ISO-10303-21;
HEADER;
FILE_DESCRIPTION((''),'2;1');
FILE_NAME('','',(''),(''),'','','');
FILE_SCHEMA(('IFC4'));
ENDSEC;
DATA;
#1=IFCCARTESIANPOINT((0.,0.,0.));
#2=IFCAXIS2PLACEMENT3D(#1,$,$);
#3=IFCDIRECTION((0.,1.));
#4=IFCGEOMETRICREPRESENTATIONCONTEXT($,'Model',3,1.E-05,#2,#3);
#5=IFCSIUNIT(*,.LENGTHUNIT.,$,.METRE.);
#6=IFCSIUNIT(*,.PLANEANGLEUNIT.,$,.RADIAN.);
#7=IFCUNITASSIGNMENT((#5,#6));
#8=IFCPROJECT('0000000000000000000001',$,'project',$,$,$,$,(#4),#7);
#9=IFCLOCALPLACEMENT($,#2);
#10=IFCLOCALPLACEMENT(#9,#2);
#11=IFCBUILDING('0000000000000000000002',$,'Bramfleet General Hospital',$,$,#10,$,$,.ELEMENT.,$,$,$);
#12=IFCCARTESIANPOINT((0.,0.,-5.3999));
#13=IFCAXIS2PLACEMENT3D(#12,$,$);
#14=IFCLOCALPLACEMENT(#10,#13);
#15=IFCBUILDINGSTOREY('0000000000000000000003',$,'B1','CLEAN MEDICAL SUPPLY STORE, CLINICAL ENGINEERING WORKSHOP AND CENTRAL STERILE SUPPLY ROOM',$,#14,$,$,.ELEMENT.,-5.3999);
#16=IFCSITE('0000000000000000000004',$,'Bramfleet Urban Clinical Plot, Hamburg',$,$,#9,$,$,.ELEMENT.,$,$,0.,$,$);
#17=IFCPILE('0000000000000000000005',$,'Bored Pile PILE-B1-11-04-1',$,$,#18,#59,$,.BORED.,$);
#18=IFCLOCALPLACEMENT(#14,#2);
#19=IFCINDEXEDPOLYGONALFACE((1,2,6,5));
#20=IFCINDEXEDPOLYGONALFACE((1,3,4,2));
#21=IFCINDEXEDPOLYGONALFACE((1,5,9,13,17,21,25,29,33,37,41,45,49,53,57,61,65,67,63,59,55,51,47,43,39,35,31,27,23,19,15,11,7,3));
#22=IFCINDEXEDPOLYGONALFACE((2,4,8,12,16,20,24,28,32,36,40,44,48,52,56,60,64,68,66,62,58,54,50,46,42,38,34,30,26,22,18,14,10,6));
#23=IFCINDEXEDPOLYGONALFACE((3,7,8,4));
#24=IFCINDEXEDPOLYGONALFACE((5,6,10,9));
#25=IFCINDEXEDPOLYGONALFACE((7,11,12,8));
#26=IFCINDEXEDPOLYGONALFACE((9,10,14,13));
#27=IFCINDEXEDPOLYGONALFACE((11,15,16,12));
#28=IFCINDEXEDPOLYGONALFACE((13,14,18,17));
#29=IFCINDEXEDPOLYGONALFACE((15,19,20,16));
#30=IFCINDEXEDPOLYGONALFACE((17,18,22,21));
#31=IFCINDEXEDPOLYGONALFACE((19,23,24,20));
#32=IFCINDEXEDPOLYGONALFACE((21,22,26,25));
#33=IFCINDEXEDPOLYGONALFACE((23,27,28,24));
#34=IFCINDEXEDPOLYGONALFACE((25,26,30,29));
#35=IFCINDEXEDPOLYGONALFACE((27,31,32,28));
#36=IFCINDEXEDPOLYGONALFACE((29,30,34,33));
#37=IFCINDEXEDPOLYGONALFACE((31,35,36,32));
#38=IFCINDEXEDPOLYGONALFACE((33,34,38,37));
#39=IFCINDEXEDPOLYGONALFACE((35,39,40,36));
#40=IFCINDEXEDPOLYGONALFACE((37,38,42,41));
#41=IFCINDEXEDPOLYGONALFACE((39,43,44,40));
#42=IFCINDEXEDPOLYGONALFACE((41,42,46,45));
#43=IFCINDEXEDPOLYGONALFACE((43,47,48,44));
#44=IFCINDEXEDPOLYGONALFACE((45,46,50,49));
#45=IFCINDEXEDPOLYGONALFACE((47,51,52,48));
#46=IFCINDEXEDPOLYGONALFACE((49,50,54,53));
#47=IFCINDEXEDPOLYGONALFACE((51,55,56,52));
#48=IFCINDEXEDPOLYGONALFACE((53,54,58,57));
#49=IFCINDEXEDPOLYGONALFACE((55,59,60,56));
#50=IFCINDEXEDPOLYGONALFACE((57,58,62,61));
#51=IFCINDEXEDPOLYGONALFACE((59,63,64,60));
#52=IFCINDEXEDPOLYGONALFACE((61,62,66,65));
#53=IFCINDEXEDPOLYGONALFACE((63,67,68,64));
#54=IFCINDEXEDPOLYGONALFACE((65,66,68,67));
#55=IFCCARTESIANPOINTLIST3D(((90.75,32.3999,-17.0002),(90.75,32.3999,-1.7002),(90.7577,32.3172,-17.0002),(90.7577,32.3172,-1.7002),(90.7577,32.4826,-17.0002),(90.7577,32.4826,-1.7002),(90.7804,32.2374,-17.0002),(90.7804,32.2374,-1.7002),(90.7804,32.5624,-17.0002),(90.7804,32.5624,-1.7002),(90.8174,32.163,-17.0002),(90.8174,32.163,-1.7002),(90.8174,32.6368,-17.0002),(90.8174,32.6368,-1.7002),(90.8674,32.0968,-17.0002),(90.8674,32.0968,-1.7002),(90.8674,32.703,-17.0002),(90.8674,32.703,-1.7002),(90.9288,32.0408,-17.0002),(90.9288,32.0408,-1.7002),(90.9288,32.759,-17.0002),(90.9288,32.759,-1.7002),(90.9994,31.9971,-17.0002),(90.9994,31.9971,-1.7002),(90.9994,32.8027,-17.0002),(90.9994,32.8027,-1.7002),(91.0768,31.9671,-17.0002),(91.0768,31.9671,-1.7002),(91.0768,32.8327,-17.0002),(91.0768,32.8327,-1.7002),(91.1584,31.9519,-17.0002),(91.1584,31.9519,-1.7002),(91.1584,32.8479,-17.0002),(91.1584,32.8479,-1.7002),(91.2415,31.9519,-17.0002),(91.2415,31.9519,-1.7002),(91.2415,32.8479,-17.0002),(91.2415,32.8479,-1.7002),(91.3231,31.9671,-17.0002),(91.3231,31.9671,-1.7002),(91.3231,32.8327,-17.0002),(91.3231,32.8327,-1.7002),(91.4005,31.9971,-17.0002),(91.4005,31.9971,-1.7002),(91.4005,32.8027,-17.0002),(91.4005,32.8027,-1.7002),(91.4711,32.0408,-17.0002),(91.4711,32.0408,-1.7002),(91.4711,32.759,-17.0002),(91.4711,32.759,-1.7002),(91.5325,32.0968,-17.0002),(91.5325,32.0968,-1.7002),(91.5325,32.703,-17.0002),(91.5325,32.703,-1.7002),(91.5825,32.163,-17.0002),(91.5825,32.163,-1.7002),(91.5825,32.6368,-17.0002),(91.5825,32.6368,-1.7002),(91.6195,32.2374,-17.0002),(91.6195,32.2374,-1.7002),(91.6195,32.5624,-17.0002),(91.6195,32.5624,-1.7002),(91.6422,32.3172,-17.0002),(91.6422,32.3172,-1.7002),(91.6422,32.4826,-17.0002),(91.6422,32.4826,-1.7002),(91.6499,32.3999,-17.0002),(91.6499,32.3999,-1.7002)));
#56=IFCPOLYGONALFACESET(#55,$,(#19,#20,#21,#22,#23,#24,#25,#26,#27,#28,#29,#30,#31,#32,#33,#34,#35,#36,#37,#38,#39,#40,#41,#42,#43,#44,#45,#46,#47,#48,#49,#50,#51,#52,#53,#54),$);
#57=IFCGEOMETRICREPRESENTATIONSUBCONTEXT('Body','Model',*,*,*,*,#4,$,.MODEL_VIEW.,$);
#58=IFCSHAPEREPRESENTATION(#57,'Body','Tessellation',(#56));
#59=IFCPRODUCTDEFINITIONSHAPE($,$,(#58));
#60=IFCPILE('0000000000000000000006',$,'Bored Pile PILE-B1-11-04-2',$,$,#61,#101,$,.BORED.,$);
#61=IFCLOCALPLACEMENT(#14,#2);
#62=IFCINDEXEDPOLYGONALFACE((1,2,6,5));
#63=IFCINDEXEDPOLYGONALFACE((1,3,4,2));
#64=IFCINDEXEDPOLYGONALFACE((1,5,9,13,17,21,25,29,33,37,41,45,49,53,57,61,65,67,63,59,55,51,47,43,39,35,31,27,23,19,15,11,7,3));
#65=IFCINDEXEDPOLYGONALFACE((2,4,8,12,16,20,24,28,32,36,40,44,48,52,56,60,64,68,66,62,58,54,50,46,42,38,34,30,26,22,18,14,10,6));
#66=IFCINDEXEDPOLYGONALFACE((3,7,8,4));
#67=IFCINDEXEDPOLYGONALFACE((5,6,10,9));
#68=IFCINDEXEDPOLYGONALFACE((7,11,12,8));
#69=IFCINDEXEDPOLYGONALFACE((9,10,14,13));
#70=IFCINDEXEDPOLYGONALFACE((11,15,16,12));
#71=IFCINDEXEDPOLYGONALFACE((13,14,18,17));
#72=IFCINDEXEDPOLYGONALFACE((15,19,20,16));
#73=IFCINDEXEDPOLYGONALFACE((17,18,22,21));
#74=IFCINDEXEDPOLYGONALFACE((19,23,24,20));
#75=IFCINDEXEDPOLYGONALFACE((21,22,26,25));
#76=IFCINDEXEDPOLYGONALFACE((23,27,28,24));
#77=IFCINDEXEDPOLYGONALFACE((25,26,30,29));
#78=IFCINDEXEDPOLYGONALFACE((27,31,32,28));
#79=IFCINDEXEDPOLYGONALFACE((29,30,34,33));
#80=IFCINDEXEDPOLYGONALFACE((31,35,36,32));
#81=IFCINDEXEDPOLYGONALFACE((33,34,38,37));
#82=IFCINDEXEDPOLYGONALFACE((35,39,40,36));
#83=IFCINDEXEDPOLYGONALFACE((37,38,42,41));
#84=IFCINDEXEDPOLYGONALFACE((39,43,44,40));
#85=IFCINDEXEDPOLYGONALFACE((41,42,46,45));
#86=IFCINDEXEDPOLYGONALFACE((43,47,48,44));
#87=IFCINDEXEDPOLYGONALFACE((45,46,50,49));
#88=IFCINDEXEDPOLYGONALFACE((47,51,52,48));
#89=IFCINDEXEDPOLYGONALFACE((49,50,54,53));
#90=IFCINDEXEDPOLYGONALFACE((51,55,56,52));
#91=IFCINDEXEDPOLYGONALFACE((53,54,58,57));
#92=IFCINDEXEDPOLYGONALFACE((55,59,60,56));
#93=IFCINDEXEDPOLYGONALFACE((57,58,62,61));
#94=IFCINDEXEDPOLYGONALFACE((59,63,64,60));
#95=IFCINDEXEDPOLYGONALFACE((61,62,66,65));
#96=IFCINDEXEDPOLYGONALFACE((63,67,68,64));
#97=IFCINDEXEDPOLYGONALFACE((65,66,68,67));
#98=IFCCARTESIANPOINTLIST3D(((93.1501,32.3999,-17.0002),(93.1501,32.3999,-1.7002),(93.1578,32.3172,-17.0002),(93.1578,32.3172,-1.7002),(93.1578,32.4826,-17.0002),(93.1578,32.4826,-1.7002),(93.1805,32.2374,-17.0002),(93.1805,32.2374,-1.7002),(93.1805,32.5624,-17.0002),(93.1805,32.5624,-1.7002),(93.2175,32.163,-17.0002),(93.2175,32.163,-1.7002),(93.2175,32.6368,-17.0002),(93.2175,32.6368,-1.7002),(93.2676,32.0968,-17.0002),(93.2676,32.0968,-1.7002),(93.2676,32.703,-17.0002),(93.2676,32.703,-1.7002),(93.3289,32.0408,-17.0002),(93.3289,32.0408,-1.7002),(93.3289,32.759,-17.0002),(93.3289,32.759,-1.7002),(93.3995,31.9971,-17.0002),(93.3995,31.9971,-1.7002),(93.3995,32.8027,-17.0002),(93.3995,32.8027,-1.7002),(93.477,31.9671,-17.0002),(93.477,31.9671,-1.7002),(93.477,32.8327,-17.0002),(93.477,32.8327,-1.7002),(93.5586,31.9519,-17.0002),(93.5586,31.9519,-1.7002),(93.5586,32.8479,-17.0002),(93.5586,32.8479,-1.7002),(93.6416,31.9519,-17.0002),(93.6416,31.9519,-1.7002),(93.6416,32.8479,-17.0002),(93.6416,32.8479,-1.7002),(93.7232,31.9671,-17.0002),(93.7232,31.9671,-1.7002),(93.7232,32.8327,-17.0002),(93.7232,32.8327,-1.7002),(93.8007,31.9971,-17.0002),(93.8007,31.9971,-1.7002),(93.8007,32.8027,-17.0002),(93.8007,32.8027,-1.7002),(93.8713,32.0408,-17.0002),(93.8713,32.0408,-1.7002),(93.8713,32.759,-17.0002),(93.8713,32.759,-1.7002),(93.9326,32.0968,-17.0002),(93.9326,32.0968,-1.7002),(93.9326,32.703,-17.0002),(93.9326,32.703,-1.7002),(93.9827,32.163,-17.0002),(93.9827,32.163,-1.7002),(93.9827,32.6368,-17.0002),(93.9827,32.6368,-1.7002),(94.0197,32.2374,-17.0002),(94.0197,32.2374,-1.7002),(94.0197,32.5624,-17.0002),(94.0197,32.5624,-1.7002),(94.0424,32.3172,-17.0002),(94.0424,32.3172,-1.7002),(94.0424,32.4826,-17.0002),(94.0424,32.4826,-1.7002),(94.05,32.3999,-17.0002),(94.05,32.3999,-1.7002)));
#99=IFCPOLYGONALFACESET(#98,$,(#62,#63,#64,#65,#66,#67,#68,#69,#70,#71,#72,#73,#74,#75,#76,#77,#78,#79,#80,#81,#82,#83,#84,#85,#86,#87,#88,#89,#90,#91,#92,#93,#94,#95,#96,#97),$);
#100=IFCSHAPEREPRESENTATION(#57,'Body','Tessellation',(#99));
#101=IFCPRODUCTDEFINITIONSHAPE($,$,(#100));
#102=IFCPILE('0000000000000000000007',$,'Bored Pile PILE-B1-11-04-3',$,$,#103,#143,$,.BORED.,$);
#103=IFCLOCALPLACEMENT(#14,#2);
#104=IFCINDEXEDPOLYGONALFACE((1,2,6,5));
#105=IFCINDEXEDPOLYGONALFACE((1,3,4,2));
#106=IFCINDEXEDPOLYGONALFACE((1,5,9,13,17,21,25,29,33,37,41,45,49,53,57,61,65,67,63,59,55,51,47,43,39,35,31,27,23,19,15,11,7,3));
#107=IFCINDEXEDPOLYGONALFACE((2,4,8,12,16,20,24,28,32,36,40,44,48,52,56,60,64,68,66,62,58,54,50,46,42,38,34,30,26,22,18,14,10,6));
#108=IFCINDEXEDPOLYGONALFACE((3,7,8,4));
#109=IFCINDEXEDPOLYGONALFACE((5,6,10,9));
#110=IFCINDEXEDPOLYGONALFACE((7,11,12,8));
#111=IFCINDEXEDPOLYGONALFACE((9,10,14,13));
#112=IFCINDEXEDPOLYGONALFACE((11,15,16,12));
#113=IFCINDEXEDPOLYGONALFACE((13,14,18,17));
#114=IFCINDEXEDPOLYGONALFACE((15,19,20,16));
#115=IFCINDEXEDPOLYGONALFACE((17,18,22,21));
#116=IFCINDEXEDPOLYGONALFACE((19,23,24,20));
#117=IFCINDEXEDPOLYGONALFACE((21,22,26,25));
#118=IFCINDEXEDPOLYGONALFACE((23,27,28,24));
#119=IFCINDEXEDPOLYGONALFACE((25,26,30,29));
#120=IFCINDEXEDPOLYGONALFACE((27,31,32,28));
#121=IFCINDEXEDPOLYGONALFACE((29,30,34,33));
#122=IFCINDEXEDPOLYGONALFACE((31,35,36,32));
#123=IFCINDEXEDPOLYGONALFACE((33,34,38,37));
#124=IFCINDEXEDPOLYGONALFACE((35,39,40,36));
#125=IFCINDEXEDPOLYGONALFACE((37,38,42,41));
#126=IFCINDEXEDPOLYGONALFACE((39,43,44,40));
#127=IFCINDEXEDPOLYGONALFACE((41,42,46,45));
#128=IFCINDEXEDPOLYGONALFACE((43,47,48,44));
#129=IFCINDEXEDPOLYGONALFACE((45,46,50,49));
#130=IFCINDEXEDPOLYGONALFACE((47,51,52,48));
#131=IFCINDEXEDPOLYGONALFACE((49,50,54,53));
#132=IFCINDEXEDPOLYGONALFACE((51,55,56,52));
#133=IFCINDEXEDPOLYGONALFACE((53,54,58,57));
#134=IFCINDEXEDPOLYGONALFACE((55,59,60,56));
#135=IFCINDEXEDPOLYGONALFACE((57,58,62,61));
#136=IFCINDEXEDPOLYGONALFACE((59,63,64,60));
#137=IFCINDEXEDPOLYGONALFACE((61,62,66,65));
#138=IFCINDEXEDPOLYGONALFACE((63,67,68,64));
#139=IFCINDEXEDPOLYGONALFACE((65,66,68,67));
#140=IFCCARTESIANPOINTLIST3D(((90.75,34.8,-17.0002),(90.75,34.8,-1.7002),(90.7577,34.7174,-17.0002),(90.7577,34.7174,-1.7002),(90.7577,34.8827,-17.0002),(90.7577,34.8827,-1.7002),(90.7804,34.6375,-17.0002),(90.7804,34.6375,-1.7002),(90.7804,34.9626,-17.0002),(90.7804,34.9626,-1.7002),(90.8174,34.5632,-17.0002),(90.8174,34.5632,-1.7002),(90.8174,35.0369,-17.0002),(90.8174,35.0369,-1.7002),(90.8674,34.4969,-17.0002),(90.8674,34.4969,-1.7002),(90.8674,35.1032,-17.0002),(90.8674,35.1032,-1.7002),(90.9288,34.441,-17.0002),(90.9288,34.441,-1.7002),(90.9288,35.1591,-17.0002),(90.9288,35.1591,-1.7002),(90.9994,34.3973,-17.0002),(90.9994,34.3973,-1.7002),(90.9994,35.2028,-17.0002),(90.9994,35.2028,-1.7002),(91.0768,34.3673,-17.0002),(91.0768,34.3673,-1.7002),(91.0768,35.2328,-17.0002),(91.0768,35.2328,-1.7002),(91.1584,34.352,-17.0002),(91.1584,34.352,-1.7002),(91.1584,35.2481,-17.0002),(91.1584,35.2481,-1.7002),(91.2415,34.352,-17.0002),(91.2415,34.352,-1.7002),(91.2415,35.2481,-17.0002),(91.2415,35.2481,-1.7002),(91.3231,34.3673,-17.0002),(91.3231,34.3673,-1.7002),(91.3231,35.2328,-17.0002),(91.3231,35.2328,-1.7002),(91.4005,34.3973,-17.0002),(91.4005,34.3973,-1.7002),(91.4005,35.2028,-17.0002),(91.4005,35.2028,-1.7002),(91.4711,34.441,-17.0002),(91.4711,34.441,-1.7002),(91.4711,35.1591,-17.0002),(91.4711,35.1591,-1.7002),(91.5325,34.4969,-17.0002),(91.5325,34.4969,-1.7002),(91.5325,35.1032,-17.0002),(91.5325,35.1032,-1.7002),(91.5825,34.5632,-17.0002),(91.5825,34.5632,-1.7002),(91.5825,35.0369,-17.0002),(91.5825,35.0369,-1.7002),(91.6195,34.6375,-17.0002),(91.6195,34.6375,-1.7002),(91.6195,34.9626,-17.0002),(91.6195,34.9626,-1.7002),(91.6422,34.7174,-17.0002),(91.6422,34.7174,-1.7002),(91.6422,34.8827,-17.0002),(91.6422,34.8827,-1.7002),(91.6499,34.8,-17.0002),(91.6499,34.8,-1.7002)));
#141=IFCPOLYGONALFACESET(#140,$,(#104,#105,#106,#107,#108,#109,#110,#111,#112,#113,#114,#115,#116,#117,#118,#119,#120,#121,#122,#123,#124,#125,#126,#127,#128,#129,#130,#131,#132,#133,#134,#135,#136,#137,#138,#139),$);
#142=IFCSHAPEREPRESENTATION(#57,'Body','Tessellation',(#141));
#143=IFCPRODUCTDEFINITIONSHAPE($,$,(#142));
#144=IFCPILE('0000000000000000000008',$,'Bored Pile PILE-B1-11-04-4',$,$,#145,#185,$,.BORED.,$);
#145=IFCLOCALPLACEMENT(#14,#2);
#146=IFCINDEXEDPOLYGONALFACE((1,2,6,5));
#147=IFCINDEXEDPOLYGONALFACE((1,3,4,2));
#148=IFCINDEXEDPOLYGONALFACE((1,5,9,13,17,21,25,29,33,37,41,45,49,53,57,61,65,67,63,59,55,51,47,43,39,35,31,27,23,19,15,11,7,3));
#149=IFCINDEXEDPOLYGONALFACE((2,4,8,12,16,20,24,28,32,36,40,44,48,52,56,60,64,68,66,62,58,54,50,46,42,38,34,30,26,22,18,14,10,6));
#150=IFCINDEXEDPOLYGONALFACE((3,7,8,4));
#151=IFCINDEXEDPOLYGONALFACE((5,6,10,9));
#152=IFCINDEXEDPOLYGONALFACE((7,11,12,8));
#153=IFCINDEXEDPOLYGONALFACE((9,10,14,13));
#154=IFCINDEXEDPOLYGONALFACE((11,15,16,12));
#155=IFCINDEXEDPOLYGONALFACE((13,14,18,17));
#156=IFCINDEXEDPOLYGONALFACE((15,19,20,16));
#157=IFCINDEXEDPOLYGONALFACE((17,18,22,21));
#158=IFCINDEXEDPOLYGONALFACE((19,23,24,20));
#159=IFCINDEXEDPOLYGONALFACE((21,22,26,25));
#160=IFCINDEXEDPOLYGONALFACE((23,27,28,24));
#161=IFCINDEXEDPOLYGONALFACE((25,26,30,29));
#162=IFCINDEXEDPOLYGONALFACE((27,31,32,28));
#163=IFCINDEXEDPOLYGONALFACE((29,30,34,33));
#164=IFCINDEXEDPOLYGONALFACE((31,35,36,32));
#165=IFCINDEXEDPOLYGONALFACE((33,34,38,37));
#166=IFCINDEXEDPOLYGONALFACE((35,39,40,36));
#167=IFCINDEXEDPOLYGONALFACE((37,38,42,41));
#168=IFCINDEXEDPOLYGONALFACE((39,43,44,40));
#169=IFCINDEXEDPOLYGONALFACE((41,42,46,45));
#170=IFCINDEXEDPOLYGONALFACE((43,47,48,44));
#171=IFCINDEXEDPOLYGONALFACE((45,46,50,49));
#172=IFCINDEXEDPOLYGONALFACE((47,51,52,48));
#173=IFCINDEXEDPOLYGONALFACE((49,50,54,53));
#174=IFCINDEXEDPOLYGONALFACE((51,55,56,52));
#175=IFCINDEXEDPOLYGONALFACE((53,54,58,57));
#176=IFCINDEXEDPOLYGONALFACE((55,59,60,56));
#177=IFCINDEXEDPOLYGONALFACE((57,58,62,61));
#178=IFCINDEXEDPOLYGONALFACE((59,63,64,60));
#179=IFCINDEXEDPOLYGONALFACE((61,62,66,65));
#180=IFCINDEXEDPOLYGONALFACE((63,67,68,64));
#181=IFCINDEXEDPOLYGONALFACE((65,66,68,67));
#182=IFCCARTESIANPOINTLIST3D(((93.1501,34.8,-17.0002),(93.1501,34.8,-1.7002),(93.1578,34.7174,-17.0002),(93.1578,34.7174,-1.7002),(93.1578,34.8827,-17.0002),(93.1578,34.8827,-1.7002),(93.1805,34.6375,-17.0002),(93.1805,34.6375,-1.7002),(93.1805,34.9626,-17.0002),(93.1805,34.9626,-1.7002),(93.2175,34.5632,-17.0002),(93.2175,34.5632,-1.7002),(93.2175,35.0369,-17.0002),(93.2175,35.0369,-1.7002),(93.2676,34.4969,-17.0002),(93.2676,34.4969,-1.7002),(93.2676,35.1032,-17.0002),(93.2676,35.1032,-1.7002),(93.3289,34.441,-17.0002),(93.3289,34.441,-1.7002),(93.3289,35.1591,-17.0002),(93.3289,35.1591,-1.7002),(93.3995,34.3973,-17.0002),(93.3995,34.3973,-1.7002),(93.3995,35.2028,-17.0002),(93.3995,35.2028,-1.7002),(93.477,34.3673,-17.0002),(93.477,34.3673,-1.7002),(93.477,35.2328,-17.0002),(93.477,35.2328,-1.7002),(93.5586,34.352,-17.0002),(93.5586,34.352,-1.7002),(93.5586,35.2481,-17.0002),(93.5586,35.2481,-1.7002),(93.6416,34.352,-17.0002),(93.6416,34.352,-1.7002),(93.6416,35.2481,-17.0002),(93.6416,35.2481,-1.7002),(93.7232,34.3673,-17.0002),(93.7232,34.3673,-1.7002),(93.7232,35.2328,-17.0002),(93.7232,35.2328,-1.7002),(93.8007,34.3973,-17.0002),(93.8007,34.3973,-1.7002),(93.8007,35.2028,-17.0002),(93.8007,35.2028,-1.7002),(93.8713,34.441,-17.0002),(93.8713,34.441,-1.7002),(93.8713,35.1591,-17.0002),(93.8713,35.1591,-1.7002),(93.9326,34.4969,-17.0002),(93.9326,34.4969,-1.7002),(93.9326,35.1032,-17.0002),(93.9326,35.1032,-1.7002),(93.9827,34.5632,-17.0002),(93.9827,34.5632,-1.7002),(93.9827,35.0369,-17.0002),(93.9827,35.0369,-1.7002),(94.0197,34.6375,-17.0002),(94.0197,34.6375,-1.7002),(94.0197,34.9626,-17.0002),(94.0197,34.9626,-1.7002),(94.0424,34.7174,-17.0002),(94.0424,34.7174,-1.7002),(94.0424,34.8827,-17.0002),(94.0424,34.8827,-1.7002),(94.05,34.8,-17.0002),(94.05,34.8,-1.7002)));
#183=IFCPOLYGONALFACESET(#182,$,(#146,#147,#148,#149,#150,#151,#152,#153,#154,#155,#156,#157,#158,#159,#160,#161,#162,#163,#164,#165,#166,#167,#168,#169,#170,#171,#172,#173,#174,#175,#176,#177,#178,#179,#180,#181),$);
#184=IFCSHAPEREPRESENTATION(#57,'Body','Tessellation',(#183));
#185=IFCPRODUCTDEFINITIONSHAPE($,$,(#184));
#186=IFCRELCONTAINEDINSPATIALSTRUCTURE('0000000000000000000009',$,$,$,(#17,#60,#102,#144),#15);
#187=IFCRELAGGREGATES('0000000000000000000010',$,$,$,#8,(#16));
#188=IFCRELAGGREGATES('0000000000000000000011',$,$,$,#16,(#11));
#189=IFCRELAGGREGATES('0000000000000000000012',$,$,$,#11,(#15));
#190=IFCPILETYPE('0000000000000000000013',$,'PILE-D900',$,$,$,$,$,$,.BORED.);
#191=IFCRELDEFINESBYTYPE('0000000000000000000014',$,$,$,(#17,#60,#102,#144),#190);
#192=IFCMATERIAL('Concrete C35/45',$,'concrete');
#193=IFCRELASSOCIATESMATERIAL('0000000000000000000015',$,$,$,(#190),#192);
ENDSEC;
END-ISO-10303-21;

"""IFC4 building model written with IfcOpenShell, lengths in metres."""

from ifc_helpers import new_model, si_unit, direction, frame, origin, origin_2d, place, context, subcontext, project, spatial, circle, extrude, material, material_profile, profile_set, type_object, element, save


model = new_model("IFC4")

# Units and contexts
model_context = context("Model", 3, precision=1e-05, world=origin(), true_north=direction((0.0, 1.0)))
body_context = subcontext(model_context, "Body", "Model", "MODEL_VIEW")
ifc_project = project(units=[si_unit("LENGTHUNIT", "METRE"), si_unit("PLANEANGLEUNIT", "RADIAN")], contexts=[model_context])

# Site, building, storey
site_placement = place(None, origin())
site = spatial("IfcSite", under=ifc_project, at=site_placement, Name="Bramfleet Urban Clinical Plot, Hamburg", CompositionType="ELEMENT", RefElevation=0.0)
building_placement = place(site_placement, origin())
building = spatial("IfcBuilding", under=site, at=building_placement, Name="Bramfleet General Hospital", CompositionType="ELEMENT")
storey_placement = place(building_placement, frame((0.0, 0.0, -5.3999)))
storey = spatial("IfcBuildingStorey", under=building, at=storey_placement, Name="B1", Description="CLEAN MEDICAL SUPPLY STORE, CLINICAL ENGINEERING WORKSHOP AND CENTRAL STERILE SUPPLY ROOM", CompositionType="ELEMENT", Elevation=-5.3999)

# Shared definitions
ifc_material_1 = material(Name="Concrete C35/45", Category="concrete")

# Piles
ifc_material_profile_1 = material_profile(ifc_material_1, circle(Radius=0.45, at=origin_2d()), Name="PILE BORED D900")
ifc_profile_set_1 = profile_set([ifc_material_profile_1], Name="Concrete C35/45")
pile_type_1 = type_object("IfcPileType", Name="PILE-D900", PredefinedType="BORED", material=ifc_profile_set_1)
for number, where, z_axis, x_axis, name in (
    (1, (91.2, 32.3999, -1.7002), (0.0, 0.0, -1.0), (1.0, 0.0, 0.0), "Bored Pile PILE-B1-11-04-1"),
    (2, (93.6001, 32.3999, -1.7002), (0.0, 0.0, -1.0), (1.0, 0.0, 0.0), "Bored Pile PILE-B1-11-04-2"),
    (3, (91.2, 34.8, -1.7002), (0.0, 0.0, -1.0), (1.0, 0.0, 0.0), "Bored Pile PILE-B1-11-04-3"),
    (4, (93.6001, 34.8, -1.7002), (0.0, 0.0, -1.0), (1.0, 0.0, 0.0), "Bored Pile PILE-B1-11-04-4"),
):
    element("IfcPile", number, at=place(storey_placement, frame(where, z_axis=z_axis, x_axis=x_axis)), inside=storey, type_object=pile_type_1, Name=name, PredefinedType="BORED", context=body_context, shape_type="SweptSolid", body=[
        extrude(circle(Radius=0.45, at=origin_2d()), origin(), (0.0, 0.0, 1.0), 15.3),
    ])

save(model, "model.ifc")
